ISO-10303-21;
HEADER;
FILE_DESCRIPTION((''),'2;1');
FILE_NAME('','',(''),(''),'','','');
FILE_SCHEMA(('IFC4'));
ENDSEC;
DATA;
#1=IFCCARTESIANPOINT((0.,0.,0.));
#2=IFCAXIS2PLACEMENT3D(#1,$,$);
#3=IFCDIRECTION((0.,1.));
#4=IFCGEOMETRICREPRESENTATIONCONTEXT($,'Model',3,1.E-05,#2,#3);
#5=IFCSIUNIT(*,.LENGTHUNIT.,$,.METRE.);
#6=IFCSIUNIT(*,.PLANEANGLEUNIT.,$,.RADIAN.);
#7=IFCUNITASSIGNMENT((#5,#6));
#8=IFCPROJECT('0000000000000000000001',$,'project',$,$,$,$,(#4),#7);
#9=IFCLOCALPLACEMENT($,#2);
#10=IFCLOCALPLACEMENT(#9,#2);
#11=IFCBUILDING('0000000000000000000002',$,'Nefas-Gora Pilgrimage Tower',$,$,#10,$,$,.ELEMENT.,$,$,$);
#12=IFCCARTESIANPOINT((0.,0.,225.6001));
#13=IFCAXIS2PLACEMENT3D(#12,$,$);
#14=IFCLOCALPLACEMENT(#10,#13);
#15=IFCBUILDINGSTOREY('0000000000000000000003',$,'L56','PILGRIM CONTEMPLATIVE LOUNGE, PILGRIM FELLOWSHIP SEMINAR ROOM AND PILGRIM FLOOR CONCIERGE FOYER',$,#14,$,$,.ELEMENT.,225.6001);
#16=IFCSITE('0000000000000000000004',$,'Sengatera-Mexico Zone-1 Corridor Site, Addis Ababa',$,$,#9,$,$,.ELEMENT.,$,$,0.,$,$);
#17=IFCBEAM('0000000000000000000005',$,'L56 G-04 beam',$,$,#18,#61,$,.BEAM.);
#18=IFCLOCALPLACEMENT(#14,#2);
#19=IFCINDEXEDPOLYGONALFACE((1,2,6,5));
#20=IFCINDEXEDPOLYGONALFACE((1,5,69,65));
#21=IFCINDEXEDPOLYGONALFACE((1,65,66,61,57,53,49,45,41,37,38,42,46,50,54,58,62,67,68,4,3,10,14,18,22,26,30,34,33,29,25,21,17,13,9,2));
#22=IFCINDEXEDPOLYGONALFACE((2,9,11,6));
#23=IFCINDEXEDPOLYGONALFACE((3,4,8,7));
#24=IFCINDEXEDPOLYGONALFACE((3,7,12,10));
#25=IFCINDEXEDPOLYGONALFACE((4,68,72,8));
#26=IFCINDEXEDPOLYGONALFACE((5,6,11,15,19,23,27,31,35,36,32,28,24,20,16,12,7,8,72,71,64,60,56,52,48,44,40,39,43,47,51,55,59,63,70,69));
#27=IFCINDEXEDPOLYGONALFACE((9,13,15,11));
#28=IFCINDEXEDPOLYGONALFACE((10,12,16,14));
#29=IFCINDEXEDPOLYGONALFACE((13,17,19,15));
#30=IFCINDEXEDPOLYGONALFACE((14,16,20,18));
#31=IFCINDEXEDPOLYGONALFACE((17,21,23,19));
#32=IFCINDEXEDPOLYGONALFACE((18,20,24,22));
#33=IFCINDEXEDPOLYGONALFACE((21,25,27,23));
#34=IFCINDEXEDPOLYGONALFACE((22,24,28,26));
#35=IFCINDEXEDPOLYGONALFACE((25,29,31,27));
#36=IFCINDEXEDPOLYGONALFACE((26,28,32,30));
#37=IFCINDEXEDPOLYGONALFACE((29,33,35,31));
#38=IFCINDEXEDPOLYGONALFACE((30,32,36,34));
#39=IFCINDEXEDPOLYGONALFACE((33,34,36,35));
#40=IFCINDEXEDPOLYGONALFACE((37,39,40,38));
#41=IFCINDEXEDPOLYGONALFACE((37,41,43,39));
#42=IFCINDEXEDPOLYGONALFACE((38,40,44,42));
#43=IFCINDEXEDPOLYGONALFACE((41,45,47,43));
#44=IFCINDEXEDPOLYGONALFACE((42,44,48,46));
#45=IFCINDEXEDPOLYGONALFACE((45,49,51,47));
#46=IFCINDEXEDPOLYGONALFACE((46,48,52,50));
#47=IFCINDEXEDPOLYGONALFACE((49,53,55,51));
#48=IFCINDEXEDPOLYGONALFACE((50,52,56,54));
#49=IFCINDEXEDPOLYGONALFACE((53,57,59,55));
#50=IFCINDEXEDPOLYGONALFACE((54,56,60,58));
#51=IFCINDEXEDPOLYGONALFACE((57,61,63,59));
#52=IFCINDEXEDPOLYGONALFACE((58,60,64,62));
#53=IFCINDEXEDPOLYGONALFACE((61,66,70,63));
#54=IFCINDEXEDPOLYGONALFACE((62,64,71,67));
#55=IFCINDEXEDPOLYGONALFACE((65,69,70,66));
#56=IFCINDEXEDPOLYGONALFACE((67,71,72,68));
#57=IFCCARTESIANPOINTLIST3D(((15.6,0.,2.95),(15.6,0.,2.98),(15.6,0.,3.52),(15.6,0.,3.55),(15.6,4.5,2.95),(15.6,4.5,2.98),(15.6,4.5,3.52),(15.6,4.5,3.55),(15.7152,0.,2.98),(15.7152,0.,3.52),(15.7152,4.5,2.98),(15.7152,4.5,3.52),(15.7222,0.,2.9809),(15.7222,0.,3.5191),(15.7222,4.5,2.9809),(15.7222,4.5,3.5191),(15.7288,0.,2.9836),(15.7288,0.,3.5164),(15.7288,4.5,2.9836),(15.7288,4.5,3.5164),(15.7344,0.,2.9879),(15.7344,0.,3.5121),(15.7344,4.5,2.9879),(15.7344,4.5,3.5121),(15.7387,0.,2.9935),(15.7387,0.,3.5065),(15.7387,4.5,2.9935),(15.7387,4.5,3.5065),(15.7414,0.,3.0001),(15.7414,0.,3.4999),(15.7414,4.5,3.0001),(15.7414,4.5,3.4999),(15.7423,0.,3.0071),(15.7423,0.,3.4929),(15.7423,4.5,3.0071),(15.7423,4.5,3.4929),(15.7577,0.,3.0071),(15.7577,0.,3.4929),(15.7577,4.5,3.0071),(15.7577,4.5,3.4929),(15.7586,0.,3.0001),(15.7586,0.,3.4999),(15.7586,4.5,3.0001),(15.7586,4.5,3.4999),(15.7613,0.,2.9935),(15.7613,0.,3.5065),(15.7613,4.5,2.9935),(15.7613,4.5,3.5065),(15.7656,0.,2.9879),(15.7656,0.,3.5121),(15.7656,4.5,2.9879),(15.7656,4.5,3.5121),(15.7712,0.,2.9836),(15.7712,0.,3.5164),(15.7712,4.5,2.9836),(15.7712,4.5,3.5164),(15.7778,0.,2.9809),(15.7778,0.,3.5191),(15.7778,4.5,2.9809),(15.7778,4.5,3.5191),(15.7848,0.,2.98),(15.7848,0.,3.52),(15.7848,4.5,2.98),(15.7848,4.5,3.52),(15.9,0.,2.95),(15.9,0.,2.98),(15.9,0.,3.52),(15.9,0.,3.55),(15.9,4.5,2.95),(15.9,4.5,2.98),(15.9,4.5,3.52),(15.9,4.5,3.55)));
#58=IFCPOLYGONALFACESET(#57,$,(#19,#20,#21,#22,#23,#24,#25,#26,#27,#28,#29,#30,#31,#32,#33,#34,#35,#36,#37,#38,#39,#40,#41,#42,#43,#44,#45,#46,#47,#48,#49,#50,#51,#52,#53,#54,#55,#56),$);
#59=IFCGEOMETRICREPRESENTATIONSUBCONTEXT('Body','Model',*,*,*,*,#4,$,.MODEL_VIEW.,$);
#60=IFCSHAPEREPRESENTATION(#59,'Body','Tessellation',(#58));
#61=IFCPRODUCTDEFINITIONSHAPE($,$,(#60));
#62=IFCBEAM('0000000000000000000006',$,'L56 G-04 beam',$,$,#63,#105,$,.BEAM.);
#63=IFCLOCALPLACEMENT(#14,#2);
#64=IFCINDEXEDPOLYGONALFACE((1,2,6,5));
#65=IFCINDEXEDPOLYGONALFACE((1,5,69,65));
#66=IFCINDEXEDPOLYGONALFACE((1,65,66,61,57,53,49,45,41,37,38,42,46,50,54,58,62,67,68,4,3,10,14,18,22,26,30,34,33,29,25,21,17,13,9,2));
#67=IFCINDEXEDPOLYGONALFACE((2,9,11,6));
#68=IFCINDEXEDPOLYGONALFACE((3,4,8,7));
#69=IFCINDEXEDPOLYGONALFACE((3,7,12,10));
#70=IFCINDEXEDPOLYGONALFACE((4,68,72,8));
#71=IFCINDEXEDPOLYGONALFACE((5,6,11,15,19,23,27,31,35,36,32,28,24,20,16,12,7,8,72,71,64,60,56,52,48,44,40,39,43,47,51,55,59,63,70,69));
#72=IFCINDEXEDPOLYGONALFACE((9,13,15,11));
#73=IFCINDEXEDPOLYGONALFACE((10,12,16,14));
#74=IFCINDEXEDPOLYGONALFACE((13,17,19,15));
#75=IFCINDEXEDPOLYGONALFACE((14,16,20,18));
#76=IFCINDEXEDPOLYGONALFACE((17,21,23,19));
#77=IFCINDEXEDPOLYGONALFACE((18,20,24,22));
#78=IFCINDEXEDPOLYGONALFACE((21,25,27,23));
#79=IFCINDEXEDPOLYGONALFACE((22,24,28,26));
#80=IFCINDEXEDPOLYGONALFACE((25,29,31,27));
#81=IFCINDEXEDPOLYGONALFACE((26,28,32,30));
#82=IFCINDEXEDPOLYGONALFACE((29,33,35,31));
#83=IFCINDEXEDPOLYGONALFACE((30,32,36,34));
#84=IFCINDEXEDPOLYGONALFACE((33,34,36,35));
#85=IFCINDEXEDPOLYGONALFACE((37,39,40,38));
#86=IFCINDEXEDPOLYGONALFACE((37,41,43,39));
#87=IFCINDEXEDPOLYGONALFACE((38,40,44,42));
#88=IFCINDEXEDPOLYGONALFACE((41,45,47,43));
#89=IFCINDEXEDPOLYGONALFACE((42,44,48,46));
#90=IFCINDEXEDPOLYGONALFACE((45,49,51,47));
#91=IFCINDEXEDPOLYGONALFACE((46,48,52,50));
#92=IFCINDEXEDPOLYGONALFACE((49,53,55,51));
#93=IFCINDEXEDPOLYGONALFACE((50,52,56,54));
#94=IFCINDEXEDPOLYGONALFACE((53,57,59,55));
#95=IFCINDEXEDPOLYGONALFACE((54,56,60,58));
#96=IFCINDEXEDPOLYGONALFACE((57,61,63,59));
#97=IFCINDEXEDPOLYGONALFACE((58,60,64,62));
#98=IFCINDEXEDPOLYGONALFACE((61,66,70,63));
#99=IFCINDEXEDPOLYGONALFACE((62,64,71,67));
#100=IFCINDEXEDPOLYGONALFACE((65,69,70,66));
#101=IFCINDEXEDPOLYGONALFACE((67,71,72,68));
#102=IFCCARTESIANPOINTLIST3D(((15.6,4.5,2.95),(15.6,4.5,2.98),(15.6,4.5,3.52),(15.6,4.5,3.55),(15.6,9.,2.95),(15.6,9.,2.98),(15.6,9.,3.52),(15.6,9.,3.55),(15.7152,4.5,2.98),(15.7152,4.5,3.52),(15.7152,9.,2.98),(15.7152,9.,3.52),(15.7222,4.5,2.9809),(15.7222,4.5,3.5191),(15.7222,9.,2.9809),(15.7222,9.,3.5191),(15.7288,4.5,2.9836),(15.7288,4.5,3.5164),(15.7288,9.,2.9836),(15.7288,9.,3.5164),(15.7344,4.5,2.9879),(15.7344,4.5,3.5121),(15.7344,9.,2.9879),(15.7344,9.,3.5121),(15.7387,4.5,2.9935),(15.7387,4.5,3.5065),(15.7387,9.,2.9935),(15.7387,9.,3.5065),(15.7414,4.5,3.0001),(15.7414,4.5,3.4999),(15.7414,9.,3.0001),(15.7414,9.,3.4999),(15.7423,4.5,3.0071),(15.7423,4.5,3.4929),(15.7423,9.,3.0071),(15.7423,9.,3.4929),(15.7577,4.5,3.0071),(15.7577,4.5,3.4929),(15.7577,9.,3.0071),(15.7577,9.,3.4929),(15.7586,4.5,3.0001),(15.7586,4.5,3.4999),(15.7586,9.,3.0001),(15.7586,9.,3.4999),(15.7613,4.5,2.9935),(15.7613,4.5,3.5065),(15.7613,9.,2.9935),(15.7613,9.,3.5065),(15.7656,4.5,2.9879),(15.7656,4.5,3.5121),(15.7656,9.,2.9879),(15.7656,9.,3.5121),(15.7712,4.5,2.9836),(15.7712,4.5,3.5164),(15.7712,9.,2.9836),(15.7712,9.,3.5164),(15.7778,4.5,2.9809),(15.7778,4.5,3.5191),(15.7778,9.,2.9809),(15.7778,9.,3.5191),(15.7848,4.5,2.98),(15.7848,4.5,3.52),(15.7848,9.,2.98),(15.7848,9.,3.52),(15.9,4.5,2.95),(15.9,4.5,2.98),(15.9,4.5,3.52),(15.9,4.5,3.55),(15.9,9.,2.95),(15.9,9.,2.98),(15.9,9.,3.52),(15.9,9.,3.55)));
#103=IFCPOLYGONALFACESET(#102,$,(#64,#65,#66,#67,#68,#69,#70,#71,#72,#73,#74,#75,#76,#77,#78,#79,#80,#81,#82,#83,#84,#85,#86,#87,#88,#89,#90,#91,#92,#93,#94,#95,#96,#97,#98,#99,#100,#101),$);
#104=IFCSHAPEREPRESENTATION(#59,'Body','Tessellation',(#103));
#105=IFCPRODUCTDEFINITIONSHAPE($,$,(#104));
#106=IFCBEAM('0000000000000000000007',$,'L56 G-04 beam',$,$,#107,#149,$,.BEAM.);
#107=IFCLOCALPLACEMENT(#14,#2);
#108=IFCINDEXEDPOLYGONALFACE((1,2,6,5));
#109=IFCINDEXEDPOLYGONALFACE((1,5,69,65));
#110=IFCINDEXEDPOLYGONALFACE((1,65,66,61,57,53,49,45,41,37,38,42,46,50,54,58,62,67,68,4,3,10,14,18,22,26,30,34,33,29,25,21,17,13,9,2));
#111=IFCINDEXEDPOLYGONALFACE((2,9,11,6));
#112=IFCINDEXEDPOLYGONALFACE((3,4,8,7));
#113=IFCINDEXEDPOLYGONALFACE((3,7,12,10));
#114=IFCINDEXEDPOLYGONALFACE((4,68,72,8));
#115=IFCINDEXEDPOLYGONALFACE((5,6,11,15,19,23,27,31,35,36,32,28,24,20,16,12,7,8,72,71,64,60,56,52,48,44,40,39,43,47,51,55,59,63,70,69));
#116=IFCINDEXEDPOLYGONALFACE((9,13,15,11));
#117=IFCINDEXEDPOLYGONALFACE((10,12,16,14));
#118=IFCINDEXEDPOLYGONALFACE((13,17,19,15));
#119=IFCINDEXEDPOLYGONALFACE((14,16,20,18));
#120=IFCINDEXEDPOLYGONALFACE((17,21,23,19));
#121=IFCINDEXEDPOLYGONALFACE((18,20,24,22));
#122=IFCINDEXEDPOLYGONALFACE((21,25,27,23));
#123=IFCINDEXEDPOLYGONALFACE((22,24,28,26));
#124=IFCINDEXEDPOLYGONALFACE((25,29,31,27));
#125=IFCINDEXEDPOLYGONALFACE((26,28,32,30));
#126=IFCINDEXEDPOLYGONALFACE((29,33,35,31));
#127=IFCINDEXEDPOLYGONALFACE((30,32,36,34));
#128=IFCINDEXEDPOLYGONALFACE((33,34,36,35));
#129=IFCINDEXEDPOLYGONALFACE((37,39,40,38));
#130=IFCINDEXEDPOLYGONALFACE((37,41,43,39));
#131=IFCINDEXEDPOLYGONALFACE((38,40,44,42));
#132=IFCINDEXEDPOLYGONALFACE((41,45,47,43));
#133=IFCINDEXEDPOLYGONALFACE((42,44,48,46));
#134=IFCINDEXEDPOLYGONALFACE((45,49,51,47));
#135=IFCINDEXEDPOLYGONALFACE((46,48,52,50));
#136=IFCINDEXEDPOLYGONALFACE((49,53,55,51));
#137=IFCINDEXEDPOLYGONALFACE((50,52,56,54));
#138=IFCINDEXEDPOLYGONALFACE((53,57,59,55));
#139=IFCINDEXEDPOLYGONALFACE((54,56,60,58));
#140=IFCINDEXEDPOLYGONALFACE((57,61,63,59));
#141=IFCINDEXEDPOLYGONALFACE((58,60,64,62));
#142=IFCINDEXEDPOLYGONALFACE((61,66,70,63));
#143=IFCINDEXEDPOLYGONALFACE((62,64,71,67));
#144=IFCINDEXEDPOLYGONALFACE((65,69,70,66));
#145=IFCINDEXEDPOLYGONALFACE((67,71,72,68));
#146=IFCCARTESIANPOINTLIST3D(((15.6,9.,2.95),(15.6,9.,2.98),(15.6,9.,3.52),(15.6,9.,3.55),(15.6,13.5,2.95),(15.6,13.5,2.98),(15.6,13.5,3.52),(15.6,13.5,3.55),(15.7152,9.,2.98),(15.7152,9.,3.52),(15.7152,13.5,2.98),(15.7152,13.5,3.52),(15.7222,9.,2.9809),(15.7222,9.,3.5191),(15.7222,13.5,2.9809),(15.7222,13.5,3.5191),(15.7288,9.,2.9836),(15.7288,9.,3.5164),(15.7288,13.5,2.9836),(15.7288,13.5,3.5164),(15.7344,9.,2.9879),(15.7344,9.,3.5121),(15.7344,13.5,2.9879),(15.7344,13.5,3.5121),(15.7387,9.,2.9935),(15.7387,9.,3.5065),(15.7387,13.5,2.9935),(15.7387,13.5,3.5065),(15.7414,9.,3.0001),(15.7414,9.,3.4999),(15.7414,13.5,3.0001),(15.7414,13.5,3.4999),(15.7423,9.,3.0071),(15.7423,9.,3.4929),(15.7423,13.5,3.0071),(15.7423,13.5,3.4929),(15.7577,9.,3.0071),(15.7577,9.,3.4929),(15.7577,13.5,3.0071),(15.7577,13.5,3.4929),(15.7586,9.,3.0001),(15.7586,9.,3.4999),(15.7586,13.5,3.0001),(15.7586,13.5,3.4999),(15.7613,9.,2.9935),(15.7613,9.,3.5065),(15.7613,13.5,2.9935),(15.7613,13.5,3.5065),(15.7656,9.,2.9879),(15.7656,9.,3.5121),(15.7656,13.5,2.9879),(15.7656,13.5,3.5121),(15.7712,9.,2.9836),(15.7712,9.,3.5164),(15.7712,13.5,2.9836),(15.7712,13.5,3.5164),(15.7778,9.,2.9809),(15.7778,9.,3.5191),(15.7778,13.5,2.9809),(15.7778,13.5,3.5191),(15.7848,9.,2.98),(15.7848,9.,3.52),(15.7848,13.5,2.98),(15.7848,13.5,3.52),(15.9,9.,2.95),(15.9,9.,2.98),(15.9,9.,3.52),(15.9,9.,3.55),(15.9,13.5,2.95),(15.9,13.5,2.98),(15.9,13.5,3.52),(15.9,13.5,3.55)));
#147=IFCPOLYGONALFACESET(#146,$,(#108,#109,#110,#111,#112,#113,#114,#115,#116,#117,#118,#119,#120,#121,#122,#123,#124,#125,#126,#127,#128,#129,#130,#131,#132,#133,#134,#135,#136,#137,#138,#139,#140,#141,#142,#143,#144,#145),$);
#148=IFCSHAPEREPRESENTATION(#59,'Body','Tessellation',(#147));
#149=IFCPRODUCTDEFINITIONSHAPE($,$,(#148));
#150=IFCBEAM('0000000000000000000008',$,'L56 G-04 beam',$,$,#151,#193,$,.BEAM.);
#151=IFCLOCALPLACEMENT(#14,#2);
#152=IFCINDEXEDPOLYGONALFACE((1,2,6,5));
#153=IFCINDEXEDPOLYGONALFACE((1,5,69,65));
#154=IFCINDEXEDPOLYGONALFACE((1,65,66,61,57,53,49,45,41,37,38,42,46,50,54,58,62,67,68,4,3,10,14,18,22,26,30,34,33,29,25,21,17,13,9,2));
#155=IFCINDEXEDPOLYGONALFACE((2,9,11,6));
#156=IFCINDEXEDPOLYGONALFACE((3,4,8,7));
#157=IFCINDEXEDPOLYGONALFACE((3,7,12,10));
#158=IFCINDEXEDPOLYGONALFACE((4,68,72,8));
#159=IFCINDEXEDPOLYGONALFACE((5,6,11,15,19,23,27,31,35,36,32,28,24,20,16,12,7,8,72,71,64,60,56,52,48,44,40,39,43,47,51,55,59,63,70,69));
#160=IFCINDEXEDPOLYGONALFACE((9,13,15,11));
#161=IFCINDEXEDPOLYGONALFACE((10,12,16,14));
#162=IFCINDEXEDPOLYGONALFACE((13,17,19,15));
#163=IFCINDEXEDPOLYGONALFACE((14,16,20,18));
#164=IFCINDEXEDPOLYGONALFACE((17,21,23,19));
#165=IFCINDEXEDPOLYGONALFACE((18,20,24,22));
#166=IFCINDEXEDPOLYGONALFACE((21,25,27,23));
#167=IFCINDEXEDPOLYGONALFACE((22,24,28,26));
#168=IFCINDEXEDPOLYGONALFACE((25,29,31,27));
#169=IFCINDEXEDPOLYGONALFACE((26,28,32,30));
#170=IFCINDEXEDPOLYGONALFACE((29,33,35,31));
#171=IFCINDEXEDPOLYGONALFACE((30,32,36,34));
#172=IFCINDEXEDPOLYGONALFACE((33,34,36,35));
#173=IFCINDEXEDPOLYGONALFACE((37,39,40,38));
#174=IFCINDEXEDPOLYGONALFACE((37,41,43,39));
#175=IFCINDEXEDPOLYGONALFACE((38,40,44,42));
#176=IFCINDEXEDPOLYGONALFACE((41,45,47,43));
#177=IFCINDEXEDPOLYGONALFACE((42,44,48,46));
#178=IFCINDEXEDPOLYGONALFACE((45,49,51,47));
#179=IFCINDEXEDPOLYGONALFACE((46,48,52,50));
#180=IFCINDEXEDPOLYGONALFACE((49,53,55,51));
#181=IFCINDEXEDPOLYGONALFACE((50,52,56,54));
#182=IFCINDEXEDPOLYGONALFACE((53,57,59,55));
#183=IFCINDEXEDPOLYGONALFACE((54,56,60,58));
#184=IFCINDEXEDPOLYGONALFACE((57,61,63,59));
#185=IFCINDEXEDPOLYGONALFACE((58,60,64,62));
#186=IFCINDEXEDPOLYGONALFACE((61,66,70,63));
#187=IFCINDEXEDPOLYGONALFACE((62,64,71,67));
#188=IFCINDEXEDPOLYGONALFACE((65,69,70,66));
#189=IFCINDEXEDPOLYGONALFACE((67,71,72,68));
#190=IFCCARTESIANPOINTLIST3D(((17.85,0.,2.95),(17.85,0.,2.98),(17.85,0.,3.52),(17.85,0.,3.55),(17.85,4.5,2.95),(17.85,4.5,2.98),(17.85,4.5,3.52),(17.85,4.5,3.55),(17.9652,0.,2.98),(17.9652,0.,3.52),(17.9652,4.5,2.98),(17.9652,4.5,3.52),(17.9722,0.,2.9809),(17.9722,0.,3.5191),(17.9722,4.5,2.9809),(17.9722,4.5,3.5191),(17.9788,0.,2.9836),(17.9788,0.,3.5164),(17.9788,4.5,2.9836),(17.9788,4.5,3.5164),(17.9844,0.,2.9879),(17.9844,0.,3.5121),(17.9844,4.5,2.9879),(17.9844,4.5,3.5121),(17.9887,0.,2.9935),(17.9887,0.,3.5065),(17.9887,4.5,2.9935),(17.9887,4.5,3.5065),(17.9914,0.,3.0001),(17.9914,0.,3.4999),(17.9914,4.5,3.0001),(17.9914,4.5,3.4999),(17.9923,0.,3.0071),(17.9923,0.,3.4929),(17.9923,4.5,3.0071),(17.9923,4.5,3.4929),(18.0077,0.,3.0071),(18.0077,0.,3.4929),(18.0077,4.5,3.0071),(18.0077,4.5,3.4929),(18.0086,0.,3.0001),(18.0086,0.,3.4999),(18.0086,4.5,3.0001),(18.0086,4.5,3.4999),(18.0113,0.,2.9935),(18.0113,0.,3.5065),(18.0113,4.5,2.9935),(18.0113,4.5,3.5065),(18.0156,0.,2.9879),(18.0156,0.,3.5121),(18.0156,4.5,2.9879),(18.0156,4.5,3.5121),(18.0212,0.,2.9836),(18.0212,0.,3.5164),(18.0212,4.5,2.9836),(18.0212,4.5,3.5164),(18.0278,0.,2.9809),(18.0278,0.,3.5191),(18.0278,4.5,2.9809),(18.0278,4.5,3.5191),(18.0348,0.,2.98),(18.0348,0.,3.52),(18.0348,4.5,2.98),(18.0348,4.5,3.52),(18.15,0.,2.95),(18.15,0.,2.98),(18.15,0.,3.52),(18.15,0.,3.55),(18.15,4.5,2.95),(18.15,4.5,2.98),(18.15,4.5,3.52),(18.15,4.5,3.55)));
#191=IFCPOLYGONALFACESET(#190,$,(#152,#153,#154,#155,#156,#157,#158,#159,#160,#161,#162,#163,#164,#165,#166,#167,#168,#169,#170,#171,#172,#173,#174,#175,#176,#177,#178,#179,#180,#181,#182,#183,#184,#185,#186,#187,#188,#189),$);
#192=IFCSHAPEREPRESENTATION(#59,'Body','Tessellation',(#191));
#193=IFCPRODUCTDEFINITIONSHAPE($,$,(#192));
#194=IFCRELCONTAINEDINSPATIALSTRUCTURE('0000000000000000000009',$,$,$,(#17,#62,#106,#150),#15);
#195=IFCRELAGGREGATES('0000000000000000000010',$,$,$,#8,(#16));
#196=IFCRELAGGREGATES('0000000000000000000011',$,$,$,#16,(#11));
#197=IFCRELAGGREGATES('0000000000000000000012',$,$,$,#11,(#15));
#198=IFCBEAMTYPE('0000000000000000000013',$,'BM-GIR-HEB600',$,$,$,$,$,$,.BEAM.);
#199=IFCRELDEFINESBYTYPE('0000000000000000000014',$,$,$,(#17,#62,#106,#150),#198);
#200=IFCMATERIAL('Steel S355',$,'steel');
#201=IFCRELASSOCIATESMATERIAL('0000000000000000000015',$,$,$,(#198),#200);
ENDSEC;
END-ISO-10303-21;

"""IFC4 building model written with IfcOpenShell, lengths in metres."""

from ifc_helpers import new_model, si_unit, direction, frame, origin, origin_2d, place, context, subcontext, project, spatial, i_section, extrude, source, transform, mapped, material, material_profile, profile_set, type_object, element, save


model = new_model("IFC4")

# Units and contexts
model_context = context("Model", 3, precision=1e-05, world=origin(), true_north=direction((0.0, 1.0)))
body_context = subcontext(model_context, "Body", "Model", "MODEL_VIEW")
ifc_project = project(units=[si_unit("LENGTHUNIT", "METRE"), si_unit("PLANEANGLEUNIT", "RADIAN")], contexts=[model_context])

# Site, building, storey
site_placement = place(None, origin())
site = spatial("IfcSite", under=ifc_project, at=site_placement, Name="Sengatera-Mexico Zone-1 Corridor Site, Addis Ababa", CompositionType="ELEMENT", RefElevation=0.0)
building_placement = place(site_placement, origin())
building = spatial("IfcBuilding", under=site, at=building_placement, Name="Nefas-Gora Pilgrimage Tower", CompositionType="ELEMENT")
storey_placement = place(building_placement, frame((0.0, 0.0, 225.6001)))
storey = spatial("IfcBuildingStorey", under=building, at=storey_placement, Name="L56", Description="PILGRIM CONTEMPLATIVE LOUNGE, PILGRIM FELLOWSHIP SEMINAR ROOM AND PILGRIM FLOOR CONCIERGE FOYER", CompositionType="ELEMENT", Elevation=225.6001)

# Beams
ifc_material_1 = material(Name="Steel S355", Category="steel")
ifc_material_profile_1 = material_profile(ifc_material_1, i_section(OverallWidth=0.3, OverallDepth=0.6001, WebThickness=0.0154, FlangeThickness=0.03, FilletRadius=0.0271, at=origin_2d()), Name="HEB 600")
ifc_profile_set_1 = profile_set([ifc_material_profile_1], Name="Steel S355")
beam_type_1 = type_object("IfcBeamType", Name="BM-GIR-HEB600", PredefinedType="BEAM", material=ifc_profile_set_1)
shared_shape_1 = source(origin(), body_context, "Body", "SweptSolid", [
    extrude(i_section(OverallWidth=0.3, OverallDepth=0.6001, WebThickness=0.0154, FlangeThickness=0.03, FilletRadius=0.0271, at=origin_2d()), origin(), (0.0, 0.0, 1.0), 4.5),
])
for number, where, z_axis, x_axis, name in (
    (1, (15.75, 0.0, 3.25), (0.0, 1.0, 0.0), (-1.0, 0.0, 0.0), "L56 G-04 beam"),
    (2, (15.75, 4.5, 3.25), (0.0, 1.0, 0.0), (-1.0, 0.0, 0.0), "L56 G-04 beam"),
    (3, (15.75, 9.0, 3.25), (0.0, 1.0, 0.0), (-1.0, 0.0, 0.0), "L56 G-04 beam"),
    (4, (18.0, 0.0, 3.25), (0.0, 1.0, 0.0), (-1.0, 0.0, 0.0), "L56 G-04 beam"),
):
    element("IfcBeam", number, at=place(storey_placement, frame(where, z_axis=z_axis, x_axis=x_axis)), inside=storey, type_object=beam_type_1, Name=name, PredefinedType="BEAM", context=body_context, shape_type="MappedRepresentation", body=[
        mapped(shared_shape_1, transform((0.0, 0.0, 0.0), x_axis=(1.0, 0.0, 0.0), y_axis=(0.0, 1.0, 0.0), z_axis=(0.0, 0.0, 1.0), scale=1.0)),
    ])

save(model, "model.ifc")
